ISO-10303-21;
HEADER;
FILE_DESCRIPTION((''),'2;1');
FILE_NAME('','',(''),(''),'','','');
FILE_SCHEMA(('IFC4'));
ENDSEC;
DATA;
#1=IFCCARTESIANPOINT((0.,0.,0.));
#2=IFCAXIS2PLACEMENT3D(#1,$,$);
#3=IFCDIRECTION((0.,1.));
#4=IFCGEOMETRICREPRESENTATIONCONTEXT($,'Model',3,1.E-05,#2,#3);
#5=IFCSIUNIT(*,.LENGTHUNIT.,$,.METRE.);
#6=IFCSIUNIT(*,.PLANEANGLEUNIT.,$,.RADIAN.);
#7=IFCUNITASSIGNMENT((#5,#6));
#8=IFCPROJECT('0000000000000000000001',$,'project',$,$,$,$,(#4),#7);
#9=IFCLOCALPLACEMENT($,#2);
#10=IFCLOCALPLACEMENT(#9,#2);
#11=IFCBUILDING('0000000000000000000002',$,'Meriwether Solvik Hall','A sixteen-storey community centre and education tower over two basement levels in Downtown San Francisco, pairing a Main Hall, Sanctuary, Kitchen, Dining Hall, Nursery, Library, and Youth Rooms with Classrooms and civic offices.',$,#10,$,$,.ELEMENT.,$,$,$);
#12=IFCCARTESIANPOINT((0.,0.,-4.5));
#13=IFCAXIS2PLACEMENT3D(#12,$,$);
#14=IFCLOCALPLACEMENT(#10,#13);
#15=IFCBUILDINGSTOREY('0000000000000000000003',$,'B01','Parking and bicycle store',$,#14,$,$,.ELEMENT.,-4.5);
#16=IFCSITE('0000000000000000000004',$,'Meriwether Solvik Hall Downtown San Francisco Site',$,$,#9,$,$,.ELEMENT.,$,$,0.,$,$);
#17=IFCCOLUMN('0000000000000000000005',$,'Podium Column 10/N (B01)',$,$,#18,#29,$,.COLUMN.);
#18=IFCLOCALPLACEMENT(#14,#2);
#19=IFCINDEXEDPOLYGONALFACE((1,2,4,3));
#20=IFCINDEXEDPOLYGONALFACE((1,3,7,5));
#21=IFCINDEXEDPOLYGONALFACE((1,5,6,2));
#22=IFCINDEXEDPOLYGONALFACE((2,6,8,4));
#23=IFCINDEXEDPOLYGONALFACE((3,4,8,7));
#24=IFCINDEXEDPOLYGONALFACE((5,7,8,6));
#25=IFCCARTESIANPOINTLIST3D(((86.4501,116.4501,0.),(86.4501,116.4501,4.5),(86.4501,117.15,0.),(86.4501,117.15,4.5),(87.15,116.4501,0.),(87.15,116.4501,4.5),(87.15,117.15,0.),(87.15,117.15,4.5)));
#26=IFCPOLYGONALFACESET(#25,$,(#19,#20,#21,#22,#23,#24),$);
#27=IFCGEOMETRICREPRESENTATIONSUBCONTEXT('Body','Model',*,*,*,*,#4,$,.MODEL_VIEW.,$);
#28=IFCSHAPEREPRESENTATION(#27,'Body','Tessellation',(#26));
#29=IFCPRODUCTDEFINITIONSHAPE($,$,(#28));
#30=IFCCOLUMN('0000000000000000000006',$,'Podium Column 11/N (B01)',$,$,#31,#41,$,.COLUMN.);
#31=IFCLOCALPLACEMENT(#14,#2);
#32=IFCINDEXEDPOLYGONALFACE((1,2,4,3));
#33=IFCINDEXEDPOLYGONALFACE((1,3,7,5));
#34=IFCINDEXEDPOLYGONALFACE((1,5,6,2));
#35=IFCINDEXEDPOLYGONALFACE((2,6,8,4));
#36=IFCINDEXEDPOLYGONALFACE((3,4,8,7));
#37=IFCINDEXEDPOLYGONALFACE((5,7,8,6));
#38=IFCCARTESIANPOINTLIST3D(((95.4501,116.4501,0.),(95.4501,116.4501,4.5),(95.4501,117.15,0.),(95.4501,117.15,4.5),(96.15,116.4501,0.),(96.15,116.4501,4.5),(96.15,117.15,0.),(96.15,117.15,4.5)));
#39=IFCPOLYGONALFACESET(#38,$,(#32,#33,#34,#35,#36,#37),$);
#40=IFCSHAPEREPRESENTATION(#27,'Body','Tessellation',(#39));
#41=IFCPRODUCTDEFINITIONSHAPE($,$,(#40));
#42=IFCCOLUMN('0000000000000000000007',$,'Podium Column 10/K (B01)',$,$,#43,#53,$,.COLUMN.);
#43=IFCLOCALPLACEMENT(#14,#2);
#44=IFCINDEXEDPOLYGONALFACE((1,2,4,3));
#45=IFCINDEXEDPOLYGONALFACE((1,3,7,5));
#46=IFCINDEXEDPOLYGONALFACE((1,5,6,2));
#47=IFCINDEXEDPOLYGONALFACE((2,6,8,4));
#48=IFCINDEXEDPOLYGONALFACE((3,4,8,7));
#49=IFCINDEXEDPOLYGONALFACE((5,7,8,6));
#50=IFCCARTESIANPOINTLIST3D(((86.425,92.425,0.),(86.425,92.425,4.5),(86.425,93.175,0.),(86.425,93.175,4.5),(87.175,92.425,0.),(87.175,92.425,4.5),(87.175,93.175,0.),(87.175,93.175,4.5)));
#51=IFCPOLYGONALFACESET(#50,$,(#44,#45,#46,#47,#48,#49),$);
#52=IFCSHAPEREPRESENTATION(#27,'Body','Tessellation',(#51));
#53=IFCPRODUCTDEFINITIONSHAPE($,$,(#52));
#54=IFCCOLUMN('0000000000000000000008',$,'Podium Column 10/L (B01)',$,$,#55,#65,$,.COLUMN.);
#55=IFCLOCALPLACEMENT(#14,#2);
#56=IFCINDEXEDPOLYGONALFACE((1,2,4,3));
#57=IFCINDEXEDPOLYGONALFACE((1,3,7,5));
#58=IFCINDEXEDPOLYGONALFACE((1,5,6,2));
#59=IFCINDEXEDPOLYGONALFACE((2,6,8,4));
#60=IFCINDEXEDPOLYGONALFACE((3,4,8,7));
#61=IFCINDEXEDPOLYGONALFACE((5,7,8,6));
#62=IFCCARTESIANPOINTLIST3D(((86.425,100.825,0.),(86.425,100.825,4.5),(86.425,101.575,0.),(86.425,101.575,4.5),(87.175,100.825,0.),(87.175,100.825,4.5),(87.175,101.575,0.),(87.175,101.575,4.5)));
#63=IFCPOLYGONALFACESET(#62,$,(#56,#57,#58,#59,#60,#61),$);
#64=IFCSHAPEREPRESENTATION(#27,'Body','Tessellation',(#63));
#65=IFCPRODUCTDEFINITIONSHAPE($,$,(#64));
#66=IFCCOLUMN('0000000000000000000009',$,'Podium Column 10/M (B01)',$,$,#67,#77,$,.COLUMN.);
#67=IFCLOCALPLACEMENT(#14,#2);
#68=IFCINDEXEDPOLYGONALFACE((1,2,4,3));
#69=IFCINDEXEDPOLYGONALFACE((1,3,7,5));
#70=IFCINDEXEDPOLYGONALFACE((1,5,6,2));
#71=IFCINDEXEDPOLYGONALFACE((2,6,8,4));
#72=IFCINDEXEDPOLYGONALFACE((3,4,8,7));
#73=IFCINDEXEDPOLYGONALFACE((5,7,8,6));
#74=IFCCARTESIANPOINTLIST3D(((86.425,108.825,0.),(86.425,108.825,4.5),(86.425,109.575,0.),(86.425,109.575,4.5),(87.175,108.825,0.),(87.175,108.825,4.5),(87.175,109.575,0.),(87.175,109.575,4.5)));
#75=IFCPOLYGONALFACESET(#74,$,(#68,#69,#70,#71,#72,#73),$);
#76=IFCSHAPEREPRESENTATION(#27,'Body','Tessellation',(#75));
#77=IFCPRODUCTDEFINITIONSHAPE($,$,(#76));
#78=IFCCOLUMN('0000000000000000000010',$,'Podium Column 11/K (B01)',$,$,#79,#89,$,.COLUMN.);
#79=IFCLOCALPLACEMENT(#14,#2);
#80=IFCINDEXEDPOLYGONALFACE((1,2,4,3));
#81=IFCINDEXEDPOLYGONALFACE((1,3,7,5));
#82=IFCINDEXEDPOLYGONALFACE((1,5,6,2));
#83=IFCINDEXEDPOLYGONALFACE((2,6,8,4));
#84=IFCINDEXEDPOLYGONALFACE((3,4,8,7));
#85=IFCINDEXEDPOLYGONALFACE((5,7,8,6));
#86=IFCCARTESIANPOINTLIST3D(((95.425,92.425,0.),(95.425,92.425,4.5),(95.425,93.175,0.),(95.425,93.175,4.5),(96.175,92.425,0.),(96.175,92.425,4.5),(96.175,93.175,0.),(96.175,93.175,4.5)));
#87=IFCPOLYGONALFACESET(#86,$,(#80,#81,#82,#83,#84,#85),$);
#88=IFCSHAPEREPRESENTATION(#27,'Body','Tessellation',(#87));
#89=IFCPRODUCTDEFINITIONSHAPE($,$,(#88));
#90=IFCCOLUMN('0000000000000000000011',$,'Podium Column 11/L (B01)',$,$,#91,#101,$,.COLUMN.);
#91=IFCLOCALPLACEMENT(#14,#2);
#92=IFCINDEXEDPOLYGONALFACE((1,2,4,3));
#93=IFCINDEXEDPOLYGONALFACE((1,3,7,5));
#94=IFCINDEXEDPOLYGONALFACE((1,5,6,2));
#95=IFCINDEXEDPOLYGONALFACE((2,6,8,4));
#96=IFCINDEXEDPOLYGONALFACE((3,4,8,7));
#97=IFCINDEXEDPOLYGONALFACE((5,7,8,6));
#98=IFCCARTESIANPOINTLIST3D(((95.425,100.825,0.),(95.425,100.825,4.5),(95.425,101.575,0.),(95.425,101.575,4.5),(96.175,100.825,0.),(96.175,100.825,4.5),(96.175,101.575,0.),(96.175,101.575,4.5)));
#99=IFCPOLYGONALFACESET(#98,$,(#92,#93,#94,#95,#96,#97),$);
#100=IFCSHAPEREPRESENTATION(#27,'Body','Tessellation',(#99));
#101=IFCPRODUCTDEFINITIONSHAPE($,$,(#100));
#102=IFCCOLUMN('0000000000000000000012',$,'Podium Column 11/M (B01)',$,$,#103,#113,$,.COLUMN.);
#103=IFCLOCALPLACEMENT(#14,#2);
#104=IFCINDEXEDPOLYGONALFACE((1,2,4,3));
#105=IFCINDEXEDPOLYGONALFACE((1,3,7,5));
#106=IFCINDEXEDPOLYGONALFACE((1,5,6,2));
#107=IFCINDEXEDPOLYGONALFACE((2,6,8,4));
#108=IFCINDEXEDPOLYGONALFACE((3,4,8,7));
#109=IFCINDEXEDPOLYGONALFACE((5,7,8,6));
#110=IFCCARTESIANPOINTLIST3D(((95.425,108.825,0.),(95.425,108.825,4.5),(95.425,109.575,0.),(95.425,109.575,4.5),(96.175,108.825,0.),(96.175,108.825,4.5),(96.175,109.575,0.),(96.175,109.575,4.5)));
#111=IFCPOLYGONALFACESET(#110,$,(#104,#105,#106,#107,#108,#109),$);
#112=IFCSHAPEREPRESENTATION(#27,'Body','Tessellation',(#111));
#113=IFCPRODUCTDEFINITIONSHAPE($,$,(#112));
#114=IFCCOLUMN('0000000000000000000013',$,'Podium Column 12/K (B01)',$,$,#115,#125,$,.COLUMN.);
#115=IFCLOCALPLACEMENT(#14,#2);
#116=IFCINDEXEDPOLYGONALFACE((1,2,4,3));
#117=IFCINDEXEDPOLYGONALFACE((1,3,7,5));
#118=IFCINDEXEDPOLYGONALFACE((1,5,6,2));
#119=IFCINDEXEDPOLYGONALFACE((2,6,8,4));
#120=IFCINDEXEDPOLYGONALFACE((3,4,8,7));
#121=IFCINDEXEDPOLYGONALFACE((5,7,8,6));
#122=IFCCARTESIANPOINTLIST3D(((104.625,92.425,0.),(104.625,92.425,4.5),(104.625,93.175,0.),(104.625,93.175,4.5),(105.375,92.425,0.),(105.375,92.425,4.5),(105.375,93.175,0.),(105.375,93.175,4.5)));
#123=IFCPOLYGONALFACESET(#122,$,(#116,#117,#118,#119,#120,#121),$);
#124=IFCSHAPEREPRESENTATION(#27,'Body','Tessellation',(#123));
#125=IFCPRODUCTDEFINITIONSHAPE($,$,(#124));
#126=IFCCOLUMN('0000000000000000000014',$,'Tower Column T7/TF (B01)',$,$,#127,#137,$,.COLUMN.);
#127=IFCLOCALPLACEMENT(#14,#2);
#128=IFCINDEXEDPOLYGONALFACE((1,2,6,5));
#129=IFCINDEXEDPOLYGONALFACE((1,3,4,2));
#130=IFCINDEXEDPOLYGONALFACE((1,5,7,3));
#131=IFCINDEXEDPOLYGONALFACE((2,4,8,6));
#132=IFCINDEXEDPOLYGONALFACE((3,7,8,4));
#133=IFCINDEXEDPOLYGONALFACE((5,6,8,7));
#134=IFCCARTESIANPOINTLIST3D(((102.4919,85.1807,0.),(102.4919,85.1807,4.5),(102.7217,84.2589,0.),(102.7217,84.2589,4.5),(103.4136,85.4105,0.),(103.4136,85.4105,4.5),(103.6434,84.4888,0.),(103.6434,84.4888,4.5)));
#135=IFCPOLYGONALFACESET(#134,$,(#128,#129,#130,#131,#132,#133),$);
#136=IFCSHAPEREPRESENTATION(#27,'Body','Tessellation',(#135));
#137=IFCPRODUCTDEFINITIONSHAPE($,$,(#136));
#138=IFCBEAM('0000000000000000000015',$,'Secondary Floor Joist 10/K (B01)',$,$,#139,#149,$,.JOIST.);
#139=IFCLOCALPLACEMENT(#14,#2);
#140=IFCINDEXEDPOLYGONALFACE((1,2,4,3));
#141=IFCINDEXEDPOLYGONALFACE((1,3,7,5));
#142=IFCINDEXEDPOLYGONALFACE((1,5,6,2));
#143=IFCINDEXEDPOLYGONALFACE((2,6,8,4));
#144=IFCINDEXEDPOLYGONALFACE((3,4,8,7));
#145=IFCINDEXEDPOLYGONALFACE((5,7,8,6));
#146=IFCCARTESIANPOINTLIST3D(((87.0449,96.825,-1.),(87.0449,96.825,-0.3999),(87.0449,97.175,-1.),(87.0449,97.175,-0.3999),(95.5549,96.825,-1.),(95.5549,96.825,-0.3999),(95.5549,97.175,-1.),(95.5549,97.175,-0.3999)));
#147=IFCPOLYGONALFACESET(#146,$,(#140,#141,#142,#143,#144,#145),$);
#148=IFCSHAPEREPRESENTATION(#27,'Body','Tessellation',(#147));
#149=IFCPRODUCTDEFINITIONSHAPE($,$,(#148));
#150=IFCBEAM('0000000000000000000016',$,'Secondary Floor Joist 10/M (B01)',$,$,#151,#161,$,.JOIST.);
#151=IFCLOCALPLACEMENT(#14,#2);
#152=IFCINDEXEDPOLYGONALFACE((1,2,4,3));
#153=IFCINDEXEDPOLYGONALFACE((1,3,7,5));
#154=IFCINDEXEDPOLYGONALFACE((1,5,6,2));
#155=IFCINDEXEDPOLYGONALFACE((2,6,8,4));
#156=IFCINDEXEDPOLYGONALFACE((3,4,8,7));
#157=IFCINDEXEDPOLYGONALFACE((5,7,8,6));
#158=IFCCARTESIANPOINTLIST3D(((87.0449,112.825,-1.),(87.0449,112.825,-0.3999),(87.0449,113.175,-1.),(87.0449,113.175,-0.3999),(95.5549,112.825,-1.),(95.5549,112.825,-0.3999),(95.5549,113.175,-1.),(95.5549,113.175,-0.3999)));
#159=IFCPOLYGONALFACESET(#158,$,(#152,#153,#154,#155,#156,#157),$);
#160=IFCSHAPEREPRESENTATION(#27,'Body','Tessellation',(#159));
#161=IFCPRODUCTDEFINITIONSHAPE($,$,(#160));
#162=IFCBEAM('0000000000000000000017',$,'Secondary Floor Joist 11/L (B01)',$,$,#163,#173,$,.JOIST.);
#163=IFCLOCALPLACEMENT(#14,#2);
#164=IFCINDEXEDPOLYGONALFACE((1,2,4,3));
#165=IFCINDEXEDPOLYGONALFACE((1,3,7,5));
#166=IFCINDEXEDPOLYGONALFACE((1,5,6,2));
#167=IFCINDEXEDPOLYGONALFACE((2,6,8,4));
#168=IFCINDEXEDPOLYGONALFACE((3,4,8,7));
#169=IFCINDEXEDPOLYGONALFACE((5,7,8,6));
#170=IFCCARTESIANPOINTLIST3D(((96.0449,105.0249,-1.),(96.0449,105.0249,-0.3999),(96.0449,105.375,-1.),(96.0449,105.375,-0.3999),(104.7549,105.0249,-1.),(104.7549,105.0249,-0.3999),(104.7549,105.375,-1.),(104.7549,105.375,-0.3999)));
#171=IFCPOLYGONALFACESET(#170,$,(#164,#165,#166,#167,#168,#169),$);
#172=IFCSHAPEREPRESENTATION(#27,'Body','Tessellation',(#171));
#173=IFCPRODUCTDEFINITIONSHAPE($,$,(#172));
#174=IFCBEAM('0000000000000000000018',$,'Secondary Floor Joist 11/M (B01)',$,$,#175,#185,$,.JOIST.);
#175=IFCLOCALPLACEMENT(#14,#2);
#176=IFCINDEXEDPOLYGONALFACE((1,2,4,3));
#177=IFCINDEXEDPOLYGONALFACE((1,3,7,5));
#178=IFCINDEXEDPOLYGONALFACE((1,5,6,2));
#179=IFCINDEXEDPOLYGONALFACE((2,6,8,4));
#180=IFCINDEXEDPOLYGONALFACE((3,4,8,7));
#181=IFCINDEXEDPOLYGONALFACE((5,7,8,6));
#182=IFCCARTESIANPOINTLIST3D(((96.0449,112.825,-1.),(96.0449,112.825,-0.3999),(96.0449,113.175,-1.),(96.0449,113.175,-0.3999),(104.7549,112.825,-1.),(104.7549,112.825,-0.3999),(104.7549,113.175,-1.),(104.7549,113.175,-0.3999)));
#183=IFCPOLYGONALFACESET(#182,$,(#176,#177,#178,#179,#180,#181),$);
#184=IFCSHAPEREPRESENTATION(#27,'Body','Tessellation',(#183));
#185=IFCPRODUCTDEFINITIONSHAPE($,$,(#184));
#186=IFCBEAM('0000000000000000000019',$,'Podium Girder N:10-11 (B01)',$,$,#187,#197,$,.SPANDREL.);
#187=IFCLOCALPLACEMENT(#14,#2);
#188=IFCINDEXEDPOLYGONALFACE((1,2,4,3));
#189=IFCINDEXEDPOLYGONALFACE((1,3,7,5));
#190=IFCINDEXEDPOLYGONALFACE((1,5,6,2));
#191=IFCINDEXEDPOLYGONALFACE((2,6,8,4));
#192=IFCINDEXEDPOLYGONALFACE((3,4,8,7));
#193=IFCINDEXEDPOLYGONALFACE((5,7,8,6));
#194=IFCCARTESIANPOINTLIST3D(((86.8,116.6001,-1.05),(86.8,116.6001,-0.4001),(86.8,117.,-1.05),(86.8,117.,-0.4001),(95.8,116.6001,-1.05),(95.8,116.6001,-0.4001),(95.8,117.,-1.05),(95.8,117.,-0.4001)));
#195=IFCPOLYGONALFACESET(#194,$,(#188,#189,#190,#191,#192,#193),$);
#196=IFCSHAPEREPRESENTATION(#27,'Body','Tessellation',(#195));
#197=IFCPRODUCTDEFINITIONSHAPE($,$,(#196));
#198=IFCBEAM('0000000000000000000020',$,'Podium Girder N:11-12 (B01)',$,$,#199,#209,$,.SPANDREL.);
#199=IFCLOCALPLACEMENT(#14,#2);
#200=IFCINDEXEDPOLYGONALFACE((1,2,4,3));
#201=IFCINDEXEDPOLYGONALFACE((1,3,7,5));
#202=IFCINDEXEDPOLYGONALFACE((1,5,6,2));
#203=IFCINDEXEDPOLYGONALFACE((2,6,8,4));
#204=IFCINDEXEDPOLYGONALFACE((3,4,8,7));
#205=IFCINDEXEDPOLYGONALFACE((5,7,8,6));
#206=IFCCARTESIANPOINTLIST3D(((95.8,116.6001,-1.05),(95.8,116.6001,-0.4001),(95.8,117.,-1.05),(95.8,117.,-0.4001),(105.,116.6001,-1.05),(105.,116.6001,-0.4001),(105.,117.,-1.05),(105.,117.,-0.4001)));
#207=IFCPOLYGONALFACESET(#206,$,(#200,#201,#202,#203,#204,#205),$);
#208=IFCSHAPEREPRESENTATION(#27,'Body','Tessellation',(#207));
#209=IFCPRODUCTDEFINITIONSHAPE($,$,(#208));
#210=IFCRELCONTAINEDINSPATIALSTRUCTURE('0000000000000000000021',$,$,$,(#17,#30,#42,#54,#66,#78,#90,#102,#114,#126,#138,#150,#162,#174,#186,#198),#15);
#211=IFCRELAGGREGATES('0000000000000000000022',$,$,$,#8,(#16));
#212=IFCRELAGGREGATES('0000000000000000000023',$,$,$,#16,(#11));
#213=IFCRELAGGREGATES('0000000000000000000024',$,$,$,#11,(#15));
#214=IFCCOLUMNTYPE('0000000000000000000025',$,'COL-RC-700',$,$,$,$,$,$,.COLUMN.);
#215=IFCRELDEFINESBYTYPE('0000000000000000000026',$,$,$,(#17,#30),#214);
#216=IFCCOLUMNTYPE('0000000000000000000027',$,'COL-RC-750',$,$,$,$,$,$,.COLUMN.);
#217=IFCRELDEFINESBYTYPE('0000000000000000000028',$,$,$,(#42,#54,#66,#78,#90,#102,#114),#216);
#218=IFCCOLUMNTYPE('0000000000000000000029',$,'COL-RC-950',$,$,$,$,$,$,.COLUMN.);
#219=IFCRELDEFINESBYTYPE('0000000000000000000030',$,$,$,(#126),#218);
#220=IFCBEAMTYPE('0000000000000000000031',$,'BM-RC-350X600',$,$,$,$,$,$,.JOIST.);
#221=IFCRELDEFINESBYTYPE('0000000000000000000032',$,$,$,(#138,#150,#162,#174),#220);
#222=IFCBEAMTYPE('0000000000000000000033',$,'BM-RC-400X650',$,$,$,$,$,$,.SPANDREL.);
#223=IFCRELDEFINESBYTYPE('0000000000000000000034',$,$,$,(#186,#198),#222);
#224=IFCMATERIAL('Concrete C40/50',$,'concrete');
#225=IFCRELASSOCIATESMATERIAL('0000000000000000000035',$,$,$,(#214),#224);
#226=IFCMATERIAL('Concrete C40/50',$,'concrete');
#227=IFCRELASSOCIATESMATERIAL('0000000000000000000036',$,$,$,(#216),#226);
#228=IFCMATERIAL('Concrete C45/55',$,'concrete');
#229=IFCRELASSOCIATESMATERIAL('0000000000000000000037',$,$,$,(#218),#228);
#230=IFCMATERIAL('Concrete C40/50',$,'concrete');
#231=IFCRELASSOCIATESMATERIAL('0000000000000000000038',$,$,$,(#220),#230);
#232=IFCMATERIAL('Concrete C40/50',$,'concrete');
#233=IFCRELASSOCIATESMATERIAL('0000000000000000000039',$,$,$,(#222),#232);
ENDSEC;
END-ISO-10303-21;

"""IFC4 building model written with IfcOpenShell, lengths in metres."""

from ifc_helpers import new_model, si_unit, direction, frame, origin, origin_2d, place, context, subcontext, project, spatial, rectangle, extrude, material, material_profile, profile_set, type_object, element, save


model = new_model("IFC4")

# Units and contexts
model_context = context("Model", 3, precision=1e-05, world=origin(), true_north=direction((0.0, 1.0)))
body_context = subcontext(model_context, "Body", "Model", "MODEL_VIEW")
ifc_project = project(units=[si_unit("LENGTHUNIT", "METRE"), si_unit("PLANEANGLEUNIT", "RADIAN")], contexts=[model_context])

# Site, building, storey
site_placement = place(None, origin())
site = spatial("IfcSite", under=ifc_project, at=site_placement, Name="Meriwether Solvik Hall Downtown San Francisco Site", CompositionType="ELEMENT", RefElevation=0.0)
building_placement = place(site_placement, origin())
building = spatial("IfcBuilding", under=site, at=building_placement, Name="Meriwether Solvik Hall", Description="A sixteen-storey community centre and education tower over two basement levels in Downtown San Francisco, pairing a Main Hall, Sanctuary, Kitchen, Dining Hall, Nursery, Library, and Youth Rooms with Classrooms and civic offices.", CompositionType="ELEMENT")
storey_placement = place(building_placement, frame((0.0, 0.0, -4.5)))
storey = spatial("IfcBuildingStorey", under=building, at=storey_placement, Name="B01", Description="Parking and bicycle store", CompositionType="ELEMENT", Elevation=-4.5)

# Columns
ifc_material_1 = material(Name="Concrete C40/50", Category="concrete")
ifc_material_profile_1 = material_profile(ifc_material_1, rectangle(XDim=0.7, YDim=0.7, at=origin_2d()), Name="RCC-700X700")
ifc_profile_set_1 = profile_set([ifc_material_profile_1], Name="Concrete C40/50")
column_type_1 = type_object("IfcColumnType", Name="COL-RC-700", PredefinedType="COLUMN", material=ifc_profile_set_1)
for number, where, z_axis, x_axis, name in (
    (1, (86.8, 116.8, 0.0), (0.0, 0.0, 1.0), (1.0, 0.0, 0.0), "Podium Column 10/N (B01)"),
    (2, (95.8, 116.8, 0.0), (0.0, 0.0, 1.0), (1.0, 0.0, 0.0), "Podium Column 11/N (B01)"),
):
    element("IfcColumn", number, at=place(storey_placement, frame(where, z_axis=z_axis, x_axis=x_axis)), inside=storey, type_object=column_type_1, Name=name, PredefinedType="COLUMN", context=body_context, shape_type="SweptSolid", body=[
        extrude(rectangle(XDim=0.7, YDim=0.7, at=origin_2d()), origin(), (0.0, 0.0, 1.0), 4.5),
    ])
ifc_material_2 = material(Name="Concrete C40/50", Category="concrete")
ifc_material_profile_2 = material_profile(ifc_material_2, rectangle(XDim=0.75, YDim=0.75, at=origin_2d()), Name="RCC-750X750")
ifc_profile_set_2 = profile_set([ifc_material_profile_2], Name="Concrete C40/50")
column_type_2 = type_object("IfcColumnType", Name="COL-RC-750", PredefinedType="COLUMN", material=ifc_profile_set_2)
for number, where, z_axis, x_axis, name in (
    (3, (86.8, 92.8, 0.0), (0.0, 0.0, 1.0), (1.0, 0.0, 0.0), "Podium Column 10/K (B01)"),
    (4, (86.8, 101.2, 0.0), (0.0, 0.0, 1.0), (1.0, 0.0, 0.0), "Podium Column 10/L (B01)"),
    (5, (86.8, 109.2, 0.0), (0.0, 0.0, 1.0), (1.0, 0.0, 0.0), "Podium Column 10/M (B01)"),
    (6, (95.8, 92.8, 0.0), (0.0, 0.0, 1.0), (1.0, 0.0, 0.0), "Podium Column 11/K (B01)"),
    (7, (95.8, 101.2, 0.0), (0.0, 0.0, 1.0), (1.0, 0.0, 0.0), "Podium Column 11/L (B01)"),
    (8, (95.8, 109.2, 0.0), (0.0, 0.0, 1.0), (1.0, 0.0, 0.0), "Podium Column 11/M (B01)"),
    (9, (105.0, 92.8, 0.0), (0.0, 0.0, 1.0), (1.0, 0.0, 0.0), "Podium Column 12/K (B01)"),
):
    element("IfcColumn", number, at=place(storey_placement, frame(where, z_axis=z_axis, x_axis=x_axis)), inside=storey, type_object=column_type_2, Name=name, PredefinedType="COLUMN", context=body_context, shape_type="SweptSolid", body=[
        extrude(rectangle(XDim=0.75, YDim=0.75, at=origin_2d()), origin(), (0.0, 0.0, 1.0), 4.5),
    ])
ifc_material_3 = material(Name="Concrete C45/55", Category="concrete")
ifc_material_profile_3 = material_profile(ifc_material_3, rectangle(XDim=0.95, YDim=0.95, at=origin_2d()), Name="RCC-950X950")
ifc_profile_set_3 = profile_set([ifc_material_profile_3], Name="Concrete C45/55")
column_type_3 = type_object("IfcColumnType", Name="COL-RC-950", PredefinedType="COLUMN", material=ifc_profile_set_3)
column_placement = place(storey_placement, frame((103.0676, 84.8347, 0.0), z_axis=(0.0, 0.0, 1.0), x_axis=(0.970296, 0.241922, 0.0)))
element("IfcColumn", 10, at=column_placement, inside=storey, type_object=column_type_3, Name="Tower Column T7/TF (B01)", PredefinedType="COLUMN", context=body_context, shape_type="SweptSolid", body=[
    extrude(rectangle(XDim=0.95, YDim=0.95, at=origin_2d()), origin(), (0.0, 0.0, 1.0), 4.5),
])

# Beams
ifc_material_4 = material(Name="Concrete C40/50", Category="concrete")
ifc_material_profile_4 = material_profile(ifc_material_4, rectangle(XDim=0.3501, YDim=0.6001, at=origin_2d()), Name="RCB-350X600")
ifc_profile_set_4 = profile_set([ifc_material_profile_4], Name="Concrete C40/50")
beam_type_1 = type_object("IfcBeamType", Name="BM-RC-350X600", PredefinedType="JOIST", material=ifc_profile_set_4)
for number, where, z_axis, x_axis, name in (
    (11, (87.0449, 97.0, -0.7), (1.0, 0.0, 0.0), (0.0, 1.0, 0.0), "Secondary Floor Joist 10/K (B01)"),
    (12, (87.0449, 113.0, -0.7), (1.0, 0.0, 0.0), (0.0, 1.0, 0.0), "Secondary Floor Joist 10/M (B01)"),
):
    element("IfcBeam", number, at=place(storey_placement, frame(where, z_axis=z_axis, x_axis=x_axis)), inside=storey, type_object=beam_type_1, Name=name, PredefinedType="JOIST", context=body_context, shape_type="SweptSolid", body=[
        extrude(rectangle(XDim=0.3501, YDim=0.6001, at=origin_2d()), origin(), (0.0, 0.0, 1.0), 8.51),
    ])
for number, where, z_axis, x_axis, name in (
    (13, (96.0449, 105.2, -0.7), (1.0, 0.0, 0.0), (0.0, 1.0, 0.0), "Secondary Floor Joist 11/L (B01)"),
    (14, (96.0449, 113.0, -0.7), (1.0, 0.0, 0.0), (0.0, 1.0, 0.0), "Secondary Floor Joist 11/M (B01)"),
):
    element("IfcBeam", number, at=place(storey_placement, frame(where, z_axis=z_axis, x_axis=x_axis)), inside=storey, type_object=beam_type_1, Name=name, PredefinedType="JOIST", context=body_context, shape_type="SweptSolid", body=[
        extrude(rectangle(XDim=0.3501, YDim=0.6001, at=origin_2d()), origin(), (0.0, 0.0, 1.0), 8.71),
    ])
ifc_material_5 = material(Name="Concrete C40/50", Category="concrete")
ifc_material_profile_5 = material_profile(ifc_material_5, rectangle(XDim=0.3999, YDim=0.6499, at=origin_2d()), Name="RCB-400X650")
ifc_profile_set_5 = profile_set([ifc_material_profile_5], Name="Concrete C40/50")
beam_type_2 = type_object("IfcBeamType", Name="BM-RC-400X650", PredefinedType="SPANDREL", material=ifc_profile_set_5)
beam_1_placement = place(storey_placement, frame((86.8, 116.8, -0.7251), z_axis=(1.0, 0.0, 0.0), x_axis=(0.0, 1.0, 0.0)))
element("IfcBeam", 15, at=beam_1_placement, inside=storey, type_object=beam_type_2, Name="Podium Girder N:10-11 (B01)", PredefinedType="SPANDREL", context=body_context, shape_type="SweptSolid", body=[
    extrude(rectangle(XDim=0.3999, YDim=0.6499, at=origin_2d()), origin(), (0.0, 0.0, 1.0), 9.0),
])
beam_2_placement = place(storey_placement, frame((95.8, 116.8, -0.7251), z_axis=(1.0, 0.0, 0.0), x_axis=(0.0, 1.0, 0.0)))
element("IfcBeam", 16, at=beam_2_placement, inside=storey, type_object=beam_type_2, Name="Podium Girder N:11-12 (B01)", PredefinedType="SPANDREL", context=body_context, shape_type="SweptSolid", body=[
    extrude(rectangle(XDim=0.3999, YDim=0.6499, at=origin_2d()), origin(), (0.0, 0.0, 1.0), 9.2),
])

save(model, "model.ifc")
